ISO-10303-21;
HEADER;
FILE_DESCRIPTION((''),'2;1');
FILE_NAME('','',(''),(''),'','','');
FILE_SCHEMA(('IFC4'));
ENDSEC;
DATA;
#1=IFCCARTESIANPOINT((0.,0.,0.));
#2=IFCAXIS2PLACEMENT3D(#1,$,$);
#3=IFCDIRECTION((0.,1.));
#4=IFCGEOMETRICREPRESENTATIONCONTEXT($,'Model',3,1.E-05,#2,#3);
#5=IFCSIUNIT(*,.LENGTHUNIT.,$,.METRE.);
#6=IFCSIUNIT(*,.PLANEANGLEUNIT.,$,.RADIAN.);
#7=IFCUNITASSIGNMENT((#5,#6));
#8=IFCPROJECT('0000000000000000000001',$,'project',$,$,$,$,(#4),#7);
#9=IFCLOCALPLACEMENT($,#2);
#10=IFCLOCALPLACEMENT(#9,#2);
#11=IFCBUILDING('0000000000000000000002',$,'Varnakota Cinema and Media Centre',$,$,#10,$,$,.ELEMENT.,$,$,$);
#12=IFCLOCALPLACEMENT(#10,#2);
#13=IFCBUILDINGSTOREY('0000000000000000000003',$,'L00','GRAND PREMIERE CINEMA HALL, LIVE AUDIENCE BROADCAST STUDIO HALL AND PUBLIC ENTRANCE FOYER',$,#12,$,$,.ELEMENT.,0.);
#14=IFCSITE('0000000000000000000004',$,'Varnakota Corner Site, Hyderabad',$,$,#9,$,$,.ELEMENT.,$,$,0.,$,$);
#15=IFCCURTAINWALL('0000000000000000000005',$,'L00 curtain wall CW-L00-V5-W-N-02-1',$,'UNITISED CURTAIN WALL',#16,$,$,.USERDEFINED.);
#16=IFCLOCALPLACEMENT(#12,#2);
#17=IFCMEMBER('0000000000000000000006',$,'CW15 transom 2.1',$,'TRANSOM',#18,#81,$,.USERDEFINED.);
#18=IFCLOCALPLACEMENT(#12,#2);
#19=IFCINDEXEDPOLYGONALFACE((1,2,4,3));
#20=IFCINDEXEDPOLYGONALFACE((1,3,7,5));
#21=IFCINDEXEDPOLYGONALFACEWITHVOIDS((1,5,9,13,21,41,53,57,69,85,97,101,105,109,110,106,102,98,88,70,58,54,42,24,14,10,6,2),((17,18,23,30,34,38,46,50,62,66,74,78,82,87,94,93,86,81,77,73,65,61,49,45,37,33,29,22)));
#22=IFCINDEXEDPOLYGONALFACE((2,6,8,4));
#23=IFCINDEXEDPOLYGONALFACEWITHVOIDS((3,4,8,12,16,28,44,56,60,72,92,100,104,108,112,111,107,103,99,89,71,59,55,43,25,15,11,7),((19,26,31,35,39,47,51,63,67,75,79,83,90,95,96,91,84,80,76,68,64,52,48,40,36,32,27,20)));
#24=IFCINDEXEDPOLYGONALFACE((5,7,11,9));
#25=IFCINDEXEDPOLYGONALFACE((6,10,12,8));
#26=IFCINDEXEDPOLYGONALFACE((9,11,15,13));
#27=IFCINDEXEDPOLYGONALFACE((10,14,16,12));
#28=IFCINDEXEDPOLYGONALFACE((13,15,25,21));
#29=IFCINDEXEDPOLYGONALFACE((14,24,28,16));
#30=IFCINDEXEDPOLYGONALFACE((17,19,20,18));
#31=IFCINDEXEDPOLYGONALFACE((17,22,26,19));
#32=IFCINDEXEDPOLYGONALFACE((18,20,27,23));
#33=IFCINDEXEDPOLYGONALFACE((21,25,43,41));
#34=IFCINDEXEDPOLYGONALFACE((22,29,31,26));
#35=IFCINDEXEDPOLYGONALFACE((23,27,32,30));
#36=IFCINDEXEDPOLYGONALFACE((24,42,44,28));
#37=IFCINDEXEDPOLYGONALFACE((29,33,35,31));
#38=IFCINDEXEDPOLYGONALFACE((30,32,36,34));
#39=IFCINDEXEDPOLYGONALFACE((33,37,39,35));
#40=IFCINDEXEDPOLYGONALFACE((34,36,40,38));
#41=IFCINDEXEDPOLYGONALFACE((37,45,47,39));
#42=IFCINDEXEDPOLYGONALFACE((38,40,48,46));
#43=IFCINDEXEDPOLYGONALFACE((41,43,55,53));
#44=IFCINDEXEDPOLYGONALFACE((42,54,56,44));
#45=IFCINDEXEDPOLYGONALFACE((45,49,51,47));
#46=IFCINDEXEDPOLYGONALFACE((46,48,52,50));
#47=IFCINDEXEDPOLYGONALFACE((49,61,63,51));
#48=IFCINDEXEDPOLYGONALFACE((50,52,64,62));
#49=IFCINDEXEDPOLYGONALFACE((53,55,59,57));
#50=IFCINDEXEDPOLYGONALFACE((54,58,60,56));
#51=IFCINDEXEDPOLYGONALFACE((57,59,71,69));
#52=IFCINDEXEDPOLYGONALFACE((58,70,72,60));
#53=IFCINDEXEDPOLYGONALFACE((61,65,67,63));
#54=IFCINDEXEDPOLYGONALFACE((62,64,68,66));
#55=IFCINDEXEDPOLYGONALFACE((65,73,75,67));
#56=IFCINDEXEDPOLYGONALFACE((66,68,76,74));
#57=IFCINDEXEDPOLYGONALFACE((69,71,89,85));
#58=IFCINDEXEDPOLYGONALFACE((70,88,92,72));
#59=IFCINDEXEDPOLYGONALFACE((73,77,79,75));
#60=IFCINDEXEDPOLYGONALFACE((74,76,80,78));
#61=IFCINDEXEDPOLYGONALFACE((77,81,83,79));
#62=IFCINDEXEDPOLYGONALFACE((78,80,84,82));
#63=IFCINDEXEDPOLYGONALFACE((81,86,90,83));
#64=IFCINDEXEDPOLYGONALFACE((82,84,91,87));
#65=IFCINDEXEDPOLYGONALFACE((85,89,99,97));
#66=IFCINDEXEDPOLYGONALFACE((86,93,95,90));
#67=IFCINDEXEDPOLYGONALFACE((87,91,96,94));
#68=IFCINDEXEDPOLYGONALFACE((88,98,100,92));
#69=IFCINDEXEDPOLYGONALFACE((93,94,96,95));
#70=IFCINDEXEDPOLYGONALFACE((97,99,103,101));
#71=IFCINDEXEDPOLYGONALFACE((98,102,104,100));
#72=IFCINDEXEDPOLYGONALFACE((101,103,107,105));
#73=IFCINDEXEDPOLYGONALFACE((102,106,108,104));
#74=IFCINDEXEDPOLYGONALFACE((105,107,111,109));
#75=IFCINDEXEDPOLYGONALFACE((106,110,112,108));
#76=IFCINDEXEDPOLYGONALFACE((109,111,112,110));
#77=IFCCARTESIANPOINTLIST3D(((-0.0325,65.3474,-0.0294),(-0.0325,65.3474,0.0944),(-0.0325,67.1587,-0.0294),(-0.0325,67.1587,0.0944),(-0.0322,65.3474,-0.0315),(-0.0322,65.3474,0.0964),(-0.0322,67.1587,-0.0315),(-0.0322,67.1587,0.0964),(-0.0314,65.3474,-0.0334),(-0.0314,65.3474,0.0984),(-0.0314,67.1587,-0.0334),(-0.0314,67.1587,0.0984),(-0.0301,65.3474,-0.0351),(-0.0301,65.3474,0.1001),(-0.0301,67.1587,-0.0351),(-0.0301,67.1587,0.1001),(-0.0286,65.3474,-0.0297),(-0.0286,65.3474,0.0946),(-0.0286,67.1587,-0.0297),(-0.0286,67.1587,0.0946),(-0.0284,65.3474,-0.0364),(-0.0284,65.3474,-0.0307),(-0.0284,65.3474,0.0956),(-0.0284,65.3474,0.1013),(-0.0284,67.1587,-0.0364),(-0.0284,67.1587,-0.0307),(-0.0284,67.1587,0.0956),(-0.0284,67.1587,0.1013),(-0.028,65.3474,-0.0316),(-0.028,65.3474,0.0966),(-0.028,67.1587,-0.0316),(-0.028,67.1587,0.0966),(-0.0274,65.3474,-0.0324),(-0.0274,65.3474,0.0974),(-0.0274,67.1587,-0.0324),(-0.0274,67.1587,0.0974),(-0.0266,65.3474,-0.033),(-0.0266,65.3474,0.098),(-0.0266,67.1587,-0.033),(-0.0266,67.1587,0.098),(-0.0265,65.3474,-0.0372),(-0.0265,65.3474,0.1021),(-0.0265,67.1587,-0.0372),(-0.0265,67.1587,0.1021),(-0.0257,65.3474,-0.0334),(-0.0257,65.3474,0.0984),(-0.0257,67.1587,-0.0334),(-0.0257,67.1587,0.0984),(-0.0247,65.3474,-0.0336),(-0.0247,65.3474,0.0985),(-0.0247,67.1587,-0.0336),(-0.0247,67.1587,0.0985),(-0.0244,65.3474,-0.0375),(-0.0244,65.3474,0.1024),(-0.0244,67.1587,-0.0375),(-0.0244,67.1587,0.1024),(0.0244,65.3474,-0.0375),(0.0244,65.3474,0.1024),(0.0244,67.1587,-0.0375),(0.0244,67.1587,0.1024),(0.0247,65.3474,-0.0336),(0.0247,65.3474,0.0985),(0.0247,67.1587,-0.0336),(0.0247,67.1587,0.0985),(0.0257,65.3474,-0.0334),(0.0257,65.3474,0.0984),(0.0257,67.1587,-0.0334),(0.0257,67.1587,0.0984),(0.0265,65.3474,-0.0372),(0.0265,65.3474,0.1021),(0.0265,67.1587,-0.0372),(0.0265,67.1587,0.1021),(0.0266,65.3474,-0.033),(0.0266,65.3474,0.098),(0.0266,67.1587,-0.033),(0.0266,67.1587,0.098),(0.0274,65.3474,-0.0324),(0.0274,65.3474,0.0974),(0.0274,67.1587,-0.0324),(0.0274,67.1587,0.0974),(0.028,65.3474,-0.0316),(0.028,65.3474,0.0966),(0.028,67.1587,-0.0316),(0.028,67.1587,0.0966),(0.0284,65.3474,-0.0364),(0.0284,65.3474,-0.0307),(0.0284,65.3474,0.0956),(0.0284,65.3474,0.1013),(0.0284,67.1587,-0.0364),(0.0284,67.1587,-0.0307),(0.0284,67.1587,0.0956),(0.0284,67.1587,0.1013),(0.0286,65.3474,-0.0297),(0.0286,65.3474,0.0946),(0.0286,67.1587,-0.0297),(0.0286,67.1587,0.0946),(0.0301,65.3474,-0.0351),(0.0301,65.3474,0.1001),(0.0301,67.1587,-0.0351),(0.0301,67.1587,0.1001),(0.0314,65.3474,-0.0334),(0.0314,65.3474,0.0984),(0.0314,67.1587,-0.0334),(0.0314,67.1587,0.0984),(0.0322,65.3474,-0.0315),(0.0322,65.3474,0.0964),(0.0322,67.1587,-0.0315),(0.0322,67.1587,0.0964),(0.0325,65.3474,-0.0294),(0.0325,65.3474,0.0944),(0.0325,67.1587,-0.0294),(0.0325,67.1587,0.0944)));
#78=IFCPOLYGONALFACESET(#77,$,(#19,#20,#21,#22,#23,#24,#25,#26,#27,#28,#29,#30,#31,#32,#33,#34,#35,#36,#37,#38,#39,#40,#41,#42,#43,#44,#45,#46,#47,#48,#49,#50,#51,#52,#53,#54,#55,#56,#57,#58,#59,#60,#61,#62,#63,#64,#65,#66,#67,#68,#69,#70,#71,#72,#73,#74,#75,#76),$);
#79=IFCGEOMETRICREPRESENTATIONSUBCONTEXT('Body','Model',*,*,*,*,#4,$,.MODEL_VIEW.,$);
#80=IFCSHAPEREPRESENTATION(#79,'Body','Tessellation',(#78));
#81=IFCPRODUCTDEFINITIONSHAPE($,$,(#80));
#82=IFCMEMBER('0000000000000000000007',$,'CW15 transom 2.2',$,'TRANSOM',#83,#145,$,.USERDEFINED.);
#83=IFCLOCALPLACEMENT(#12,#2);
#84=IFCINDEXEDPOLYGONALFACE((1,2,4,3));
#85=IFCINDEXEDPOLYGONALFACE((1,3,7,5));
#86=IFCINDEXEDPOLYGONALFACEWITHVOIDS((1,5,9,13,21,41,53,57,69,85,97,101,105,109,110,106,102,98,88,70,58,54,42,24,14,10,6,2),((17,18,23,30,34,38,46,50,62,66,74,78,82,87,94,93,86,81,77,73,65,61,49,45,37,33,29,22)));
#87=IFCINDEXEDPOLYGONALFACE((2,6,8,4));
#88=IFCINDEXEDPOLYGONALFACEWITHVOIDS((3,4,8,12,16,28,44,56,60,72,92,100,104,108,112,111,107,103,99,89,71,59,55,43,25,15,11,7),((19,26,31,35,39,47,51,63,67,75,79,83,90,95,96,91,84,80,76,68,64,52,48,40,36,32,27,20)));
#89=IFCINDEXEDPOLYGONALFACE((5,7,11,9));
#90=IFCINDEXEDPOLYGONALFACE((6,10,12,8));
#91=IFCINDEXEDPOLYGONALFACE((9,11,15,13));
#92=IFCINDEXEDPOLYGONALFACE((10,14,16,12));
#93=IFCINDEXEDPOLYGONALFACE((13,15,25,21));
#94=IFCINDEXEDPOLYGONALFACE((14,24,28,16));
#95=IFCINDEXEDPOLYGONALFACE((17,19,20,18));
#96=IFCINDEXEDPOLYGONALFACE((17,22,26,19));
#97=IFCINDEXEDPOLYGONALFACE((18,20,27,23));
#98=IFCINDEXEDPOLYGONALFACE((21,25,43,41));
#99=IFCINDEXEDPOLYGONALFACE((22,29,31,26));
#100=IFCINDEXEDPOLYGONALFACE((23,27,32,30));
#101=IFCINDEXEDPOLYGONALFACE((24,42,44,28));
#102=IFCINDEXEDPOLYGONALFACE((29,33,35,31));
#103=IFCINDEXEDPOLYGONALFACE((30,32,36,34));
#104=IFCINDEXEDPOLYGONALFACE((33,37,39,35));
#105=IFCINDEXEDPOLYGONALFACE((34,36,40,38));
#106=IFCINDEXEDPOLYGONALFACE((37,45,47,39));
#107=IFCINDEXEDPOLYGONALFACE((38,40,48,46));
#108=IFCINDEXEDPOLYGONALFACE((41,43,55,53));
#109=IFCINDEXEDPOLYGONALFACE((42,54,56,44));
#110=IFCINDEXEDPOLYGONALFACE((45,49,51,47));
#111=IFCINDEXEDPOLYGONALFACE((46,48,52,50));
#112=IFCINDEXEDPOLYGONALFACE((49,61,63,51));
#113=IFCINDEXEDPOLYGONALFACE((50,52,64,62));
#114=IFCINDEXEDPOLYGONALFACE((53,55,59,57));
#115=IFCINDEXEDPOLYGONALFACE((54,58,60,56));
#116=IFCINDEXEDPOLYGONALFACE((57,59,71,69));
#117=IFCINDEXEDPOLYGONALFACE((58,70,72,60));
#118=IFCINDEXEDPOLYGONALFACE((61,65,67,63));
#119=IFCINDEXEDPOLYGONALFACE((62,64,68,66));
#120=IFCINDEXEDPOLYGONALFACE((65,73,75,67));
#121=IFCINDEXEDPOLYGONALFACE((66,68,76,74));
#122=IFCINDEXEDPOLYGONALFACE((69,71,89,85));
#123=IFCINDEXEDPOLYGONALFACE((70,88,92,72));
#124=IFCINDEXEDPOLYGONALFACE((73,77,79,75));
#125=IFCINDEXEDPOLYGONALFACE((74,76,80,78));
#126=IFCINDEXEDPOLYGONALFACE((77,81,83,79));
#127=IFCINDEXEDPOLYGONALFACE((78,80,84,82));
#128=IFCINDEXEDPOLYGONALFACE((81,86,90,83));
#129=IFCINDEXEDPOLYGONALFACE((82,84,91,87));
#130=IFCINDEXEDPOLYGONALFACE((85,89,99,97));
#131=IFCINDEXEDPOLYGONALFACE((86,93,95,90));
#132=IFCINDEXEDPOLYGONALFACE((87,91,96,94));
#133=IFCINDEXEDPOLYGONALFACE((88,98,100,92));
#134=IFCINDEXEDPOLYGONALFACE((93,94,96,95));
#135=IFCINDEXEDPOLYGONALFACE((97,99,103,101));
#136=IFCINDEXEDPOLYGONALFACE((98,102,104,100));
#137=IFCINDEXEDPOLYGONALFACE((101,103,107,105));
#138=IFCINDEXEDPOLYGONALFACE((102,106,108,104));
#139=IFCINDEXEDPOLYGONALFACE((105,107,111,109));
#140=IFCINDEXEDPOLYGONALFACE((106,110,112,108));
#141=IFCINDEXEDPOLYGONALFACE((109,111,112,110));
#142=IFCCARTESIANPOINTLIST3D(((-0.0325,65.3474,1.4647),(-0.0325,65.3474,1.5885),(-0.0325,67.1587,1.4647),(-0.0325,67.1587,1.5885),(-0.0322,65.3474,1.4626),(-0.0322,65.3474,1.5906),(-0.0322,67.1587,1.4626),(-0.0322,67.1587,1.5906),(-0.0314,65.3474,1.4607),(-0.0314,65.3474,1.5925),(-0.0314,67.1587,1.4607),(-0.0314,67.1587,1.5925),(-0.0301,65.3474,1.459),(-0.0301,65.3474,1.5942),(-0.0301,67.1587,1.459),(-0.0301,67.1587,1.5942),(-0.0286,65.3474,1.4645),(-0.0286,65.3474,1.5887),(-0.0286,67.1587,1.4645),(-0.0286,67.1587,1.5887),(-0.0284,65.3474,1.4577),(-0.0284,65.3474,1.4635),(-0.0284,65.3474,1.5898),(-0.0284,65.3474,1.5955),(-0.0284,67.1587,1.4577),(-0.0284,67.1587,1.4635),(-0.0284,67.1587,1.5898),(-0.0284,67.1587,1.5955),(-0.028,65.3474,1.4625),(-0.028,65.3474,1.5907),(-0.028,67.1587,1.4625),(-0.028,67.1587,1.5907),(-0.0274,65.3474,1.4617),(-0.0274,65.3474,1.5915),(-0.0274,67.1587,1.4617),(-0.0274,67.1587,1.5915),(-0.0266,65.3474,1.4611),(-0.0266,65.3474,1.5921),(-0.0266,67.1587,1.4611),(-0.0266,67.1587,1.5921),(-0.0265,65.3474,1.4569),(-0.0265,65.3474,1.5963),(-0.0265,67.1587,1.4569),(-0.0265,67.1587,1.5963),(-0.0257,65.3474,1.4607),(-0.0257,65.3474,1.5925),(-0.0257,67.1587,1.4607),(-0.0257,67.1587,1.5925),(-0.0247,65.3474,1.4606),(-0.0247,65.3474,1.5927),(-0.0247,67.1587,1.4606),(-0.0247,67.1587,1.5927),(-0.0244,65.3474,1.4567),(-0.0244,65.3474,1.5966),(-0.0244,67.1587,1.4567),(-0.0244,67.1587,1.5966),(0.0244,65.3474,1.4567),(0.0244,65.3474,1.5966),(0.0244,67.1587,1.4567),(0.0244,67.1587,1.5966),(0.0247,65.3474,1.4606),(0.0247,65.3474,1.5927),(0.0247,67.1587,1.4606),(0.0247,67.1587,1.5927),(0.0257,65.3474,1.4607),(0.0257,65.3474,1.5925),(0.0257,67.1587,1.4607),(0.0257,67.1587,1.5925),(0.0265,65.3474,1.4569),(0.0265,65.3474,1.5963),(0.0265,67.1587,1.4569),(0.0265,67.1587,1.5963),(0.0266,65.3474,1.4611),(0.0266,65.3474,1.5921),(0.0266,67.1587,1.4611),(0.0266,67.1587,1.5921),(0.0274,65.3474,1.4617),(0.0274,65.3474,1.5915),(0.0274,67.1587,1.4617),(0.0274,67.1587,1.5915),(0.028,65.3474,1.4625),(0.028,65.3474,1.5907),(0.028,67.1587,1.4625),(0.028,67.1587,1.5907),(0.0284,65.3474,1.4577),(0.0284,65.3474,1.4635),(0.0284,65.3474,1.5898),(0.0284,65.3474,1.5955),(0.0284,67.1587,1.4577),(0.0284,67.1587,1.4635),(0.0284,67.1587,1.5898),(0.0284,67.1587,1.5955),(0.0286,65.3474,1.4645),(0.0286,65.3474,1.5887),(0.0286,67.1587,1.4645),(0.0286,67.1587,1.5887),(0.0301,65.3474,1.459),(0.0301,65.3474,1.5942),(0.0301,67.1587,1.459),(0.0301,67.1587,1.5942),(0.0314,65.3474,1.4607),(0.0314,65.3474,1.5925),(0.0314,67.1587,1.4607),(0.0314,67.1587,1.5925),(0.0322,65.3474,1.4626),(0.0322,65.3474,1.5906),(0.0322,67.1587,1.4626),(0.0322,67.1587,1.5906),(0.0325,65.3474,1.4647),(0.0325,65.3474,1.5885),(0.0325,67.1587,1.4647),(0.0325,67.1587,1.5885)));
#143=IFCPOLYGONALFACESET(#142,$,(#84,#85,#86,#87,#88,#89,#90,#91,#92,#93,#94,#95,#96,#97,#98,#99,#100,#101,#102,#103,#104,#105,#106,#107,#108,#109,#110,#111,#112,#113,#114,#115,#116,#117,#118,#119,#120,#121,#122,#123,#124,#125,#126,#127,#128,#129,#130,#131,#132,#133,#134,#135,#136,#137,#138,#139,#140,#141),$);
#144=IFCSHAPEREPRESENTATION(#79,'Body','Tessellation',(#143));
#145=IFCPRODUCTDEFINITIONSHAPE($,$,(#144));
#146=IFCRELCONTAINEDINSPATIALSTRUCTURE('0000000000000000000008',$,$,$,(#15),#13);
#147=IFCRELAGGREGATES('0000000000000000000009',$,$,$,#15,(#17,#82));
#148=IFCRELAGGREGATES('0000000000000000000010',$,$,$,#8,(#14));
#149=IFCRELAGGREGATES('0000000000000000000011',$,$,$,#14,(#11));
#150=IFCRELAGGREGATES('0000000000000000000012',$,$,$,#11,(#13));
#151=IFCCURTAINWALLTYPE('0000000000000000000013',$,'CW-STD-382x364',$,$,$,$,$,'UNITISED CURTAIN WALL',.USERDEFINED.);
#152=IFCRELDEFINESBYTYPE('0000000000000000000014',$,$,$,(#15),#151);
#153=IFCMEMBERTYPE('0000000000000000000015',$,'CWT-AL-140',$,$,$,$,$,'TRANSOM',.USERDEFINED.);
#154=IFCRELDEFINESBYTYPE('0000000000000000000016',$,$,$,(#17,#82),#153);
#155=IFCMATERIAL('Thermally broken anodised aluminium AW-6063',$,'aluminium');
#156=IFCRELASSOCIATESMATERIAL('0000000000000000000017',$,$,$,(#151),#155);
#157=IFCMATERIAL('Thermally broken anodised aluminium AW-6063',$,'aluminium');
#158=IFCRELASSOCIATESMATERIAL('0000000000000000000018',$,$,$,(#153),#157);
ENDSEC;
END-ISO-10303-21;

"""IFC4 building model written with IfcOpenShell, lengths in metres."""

from ifc_helpers import new_model, si_unit, direction, frame, origin, origin_2d, place, context, subcontext, project, spatial, hollow_rectangle, extrude, material, material_profile, profile_set, type_object, element, aggregate, save


model = new_model("IFC4")

# Units and contexts
model_context = context("Model", 3, precision=1e-05, world=origin(), true_north=direction((0.0, 1.0)))
body_context = subcontext(model_context, "Body", "Model", "MODEL_VIEW")
ifc_project = project(units=[si_unit("LENGTHUNIT", "METRE"), si_unit("PLANEANGLEUNIT", "RADIAN")], contexts=[model_context])

# Site, building, storey
site_placement = place(None, origin())
site = spatial("IfcSite", under=ifc_project, at=site_placement, Name="Varnakota Corner Site, Hyderabad", CompositionType="ELEMENT", RefElevation=0.0)
building_placement = place(site_placement, origin())
building = spatial("IfcBuilding", under=site, at=building_placement, Name="Varnakota Cinema and Media Centre", CompositionType="ELEMENT")
storey_placement = place(building_placement, origin())
storey = spatial("IfcBuildingStorey", under=building, at=storey_placement, Name="L00", Description="GRAND PREMIERE CINEMA HALL, LIVE AUDIENCE BROADCAST STUDIO HALL AND PUBLIC ENTRANCE FOYER", CompositionType="ELEMENT", Elevation=0.0)

# Curtain wall
ifc_material_1 = material(Name="Thermally broken anodised aluminium AW-6063", Category="aluminium")
curtain_wall_type = type_object("IfcCurtainWallType", Name="CW-STD-382x364", ElementType="UNITISED CURTAIN WALL", PredefinedType="USERDEFINED", material=ifc_material_1)
curtain_wall_1_placement = place(storey_placement, origin())
curtain_wall_1 = element("IfcCurtainWall", 1, at=curtain_wall_1_placement, inside=storey, type_object=curtain_wall_type, Name="L00 curtain wall CW-L00-V5-W-N-02-1", ObjectType="UNITISED CURTAIN WALL", PredefinedType="USERDEFINED")

# Members
ifc_material_2 = material(Name="Thermally broken anodised aluminium AW-6063", Category="aluminium")
ifc_material_profile_1 = material_profile(ifc_material_2, hollow_rectangle(XDim=0.0649, YDim=0.1399, WallThickness=0.0039, InnerFilletRadius=0.0039, OuterFilletRadius=0.0081, at=origin_2d()), Name="AL-TRANSOM 140x65x4")
ifc_profile_set_1 = profile_set([ifc_material_profile_1], Name="Thermally broken anodised aluminium AW-6063")
member_type_1 = type_object("IfcMemberType", Name="CWT-AL-140", ElementType="TRANSOM", PredefinedType="USERDEFINED", material=ifc_profile_set_1)
member_1_placement = place(storey_placement, frame((0.0, 67.1587, 0.0325), z_axis=(0.0, -1.0, 0.0), x_axis=(1.0, 0.0, 0.0)))
member_1 = element("IfcMember", 2, at=member_1_placement, type_object=member_type_1, Name="CW15 transom 2.1", ObjectType="TRANSOM", PredefinedType="USERDEFINED", context=body_context, shape_type="SweptSolid", body=[
    extrude(hollow_rectangle(XDim=0.0649, YDim=0.1399, WallThickness=0.0039, InnerFilletRadius=0.0039, OuterFilletRadius=0.0081, at=origin_2d()), origin(), (0.0, 0.0, 1.0), 1.8113),
])
member_2_placement = place(storey_placement, frame((0.0, 67.1587, 1.5266), z_axis=(0.0, -1.0, 0.0), x_axis=(1.0, 0.0, 0.0)))
member_2 = element("IfcMember", 3, at=member_2_placement, type_object=member_type_1, Name="CW15 transom 2.2", ObjectType="TRANSOM", PredefinedType="USERDEFINED", context=body_context, shape_type="SweptSolid", body=[
    extrude(hollow_rectangle(XDim=0.0649, YDim=0.1399, WallThickness=0.0039, InnerFilletRadius=0.0039, OuterFilletRadius=0.0081, at=origin_2d()), origin(), (0.0, 0.0, 1.0), 1.8113),
])

aggregate(curtain_wall_1, [member_1, member_2])

save(model, "model.ifc")
